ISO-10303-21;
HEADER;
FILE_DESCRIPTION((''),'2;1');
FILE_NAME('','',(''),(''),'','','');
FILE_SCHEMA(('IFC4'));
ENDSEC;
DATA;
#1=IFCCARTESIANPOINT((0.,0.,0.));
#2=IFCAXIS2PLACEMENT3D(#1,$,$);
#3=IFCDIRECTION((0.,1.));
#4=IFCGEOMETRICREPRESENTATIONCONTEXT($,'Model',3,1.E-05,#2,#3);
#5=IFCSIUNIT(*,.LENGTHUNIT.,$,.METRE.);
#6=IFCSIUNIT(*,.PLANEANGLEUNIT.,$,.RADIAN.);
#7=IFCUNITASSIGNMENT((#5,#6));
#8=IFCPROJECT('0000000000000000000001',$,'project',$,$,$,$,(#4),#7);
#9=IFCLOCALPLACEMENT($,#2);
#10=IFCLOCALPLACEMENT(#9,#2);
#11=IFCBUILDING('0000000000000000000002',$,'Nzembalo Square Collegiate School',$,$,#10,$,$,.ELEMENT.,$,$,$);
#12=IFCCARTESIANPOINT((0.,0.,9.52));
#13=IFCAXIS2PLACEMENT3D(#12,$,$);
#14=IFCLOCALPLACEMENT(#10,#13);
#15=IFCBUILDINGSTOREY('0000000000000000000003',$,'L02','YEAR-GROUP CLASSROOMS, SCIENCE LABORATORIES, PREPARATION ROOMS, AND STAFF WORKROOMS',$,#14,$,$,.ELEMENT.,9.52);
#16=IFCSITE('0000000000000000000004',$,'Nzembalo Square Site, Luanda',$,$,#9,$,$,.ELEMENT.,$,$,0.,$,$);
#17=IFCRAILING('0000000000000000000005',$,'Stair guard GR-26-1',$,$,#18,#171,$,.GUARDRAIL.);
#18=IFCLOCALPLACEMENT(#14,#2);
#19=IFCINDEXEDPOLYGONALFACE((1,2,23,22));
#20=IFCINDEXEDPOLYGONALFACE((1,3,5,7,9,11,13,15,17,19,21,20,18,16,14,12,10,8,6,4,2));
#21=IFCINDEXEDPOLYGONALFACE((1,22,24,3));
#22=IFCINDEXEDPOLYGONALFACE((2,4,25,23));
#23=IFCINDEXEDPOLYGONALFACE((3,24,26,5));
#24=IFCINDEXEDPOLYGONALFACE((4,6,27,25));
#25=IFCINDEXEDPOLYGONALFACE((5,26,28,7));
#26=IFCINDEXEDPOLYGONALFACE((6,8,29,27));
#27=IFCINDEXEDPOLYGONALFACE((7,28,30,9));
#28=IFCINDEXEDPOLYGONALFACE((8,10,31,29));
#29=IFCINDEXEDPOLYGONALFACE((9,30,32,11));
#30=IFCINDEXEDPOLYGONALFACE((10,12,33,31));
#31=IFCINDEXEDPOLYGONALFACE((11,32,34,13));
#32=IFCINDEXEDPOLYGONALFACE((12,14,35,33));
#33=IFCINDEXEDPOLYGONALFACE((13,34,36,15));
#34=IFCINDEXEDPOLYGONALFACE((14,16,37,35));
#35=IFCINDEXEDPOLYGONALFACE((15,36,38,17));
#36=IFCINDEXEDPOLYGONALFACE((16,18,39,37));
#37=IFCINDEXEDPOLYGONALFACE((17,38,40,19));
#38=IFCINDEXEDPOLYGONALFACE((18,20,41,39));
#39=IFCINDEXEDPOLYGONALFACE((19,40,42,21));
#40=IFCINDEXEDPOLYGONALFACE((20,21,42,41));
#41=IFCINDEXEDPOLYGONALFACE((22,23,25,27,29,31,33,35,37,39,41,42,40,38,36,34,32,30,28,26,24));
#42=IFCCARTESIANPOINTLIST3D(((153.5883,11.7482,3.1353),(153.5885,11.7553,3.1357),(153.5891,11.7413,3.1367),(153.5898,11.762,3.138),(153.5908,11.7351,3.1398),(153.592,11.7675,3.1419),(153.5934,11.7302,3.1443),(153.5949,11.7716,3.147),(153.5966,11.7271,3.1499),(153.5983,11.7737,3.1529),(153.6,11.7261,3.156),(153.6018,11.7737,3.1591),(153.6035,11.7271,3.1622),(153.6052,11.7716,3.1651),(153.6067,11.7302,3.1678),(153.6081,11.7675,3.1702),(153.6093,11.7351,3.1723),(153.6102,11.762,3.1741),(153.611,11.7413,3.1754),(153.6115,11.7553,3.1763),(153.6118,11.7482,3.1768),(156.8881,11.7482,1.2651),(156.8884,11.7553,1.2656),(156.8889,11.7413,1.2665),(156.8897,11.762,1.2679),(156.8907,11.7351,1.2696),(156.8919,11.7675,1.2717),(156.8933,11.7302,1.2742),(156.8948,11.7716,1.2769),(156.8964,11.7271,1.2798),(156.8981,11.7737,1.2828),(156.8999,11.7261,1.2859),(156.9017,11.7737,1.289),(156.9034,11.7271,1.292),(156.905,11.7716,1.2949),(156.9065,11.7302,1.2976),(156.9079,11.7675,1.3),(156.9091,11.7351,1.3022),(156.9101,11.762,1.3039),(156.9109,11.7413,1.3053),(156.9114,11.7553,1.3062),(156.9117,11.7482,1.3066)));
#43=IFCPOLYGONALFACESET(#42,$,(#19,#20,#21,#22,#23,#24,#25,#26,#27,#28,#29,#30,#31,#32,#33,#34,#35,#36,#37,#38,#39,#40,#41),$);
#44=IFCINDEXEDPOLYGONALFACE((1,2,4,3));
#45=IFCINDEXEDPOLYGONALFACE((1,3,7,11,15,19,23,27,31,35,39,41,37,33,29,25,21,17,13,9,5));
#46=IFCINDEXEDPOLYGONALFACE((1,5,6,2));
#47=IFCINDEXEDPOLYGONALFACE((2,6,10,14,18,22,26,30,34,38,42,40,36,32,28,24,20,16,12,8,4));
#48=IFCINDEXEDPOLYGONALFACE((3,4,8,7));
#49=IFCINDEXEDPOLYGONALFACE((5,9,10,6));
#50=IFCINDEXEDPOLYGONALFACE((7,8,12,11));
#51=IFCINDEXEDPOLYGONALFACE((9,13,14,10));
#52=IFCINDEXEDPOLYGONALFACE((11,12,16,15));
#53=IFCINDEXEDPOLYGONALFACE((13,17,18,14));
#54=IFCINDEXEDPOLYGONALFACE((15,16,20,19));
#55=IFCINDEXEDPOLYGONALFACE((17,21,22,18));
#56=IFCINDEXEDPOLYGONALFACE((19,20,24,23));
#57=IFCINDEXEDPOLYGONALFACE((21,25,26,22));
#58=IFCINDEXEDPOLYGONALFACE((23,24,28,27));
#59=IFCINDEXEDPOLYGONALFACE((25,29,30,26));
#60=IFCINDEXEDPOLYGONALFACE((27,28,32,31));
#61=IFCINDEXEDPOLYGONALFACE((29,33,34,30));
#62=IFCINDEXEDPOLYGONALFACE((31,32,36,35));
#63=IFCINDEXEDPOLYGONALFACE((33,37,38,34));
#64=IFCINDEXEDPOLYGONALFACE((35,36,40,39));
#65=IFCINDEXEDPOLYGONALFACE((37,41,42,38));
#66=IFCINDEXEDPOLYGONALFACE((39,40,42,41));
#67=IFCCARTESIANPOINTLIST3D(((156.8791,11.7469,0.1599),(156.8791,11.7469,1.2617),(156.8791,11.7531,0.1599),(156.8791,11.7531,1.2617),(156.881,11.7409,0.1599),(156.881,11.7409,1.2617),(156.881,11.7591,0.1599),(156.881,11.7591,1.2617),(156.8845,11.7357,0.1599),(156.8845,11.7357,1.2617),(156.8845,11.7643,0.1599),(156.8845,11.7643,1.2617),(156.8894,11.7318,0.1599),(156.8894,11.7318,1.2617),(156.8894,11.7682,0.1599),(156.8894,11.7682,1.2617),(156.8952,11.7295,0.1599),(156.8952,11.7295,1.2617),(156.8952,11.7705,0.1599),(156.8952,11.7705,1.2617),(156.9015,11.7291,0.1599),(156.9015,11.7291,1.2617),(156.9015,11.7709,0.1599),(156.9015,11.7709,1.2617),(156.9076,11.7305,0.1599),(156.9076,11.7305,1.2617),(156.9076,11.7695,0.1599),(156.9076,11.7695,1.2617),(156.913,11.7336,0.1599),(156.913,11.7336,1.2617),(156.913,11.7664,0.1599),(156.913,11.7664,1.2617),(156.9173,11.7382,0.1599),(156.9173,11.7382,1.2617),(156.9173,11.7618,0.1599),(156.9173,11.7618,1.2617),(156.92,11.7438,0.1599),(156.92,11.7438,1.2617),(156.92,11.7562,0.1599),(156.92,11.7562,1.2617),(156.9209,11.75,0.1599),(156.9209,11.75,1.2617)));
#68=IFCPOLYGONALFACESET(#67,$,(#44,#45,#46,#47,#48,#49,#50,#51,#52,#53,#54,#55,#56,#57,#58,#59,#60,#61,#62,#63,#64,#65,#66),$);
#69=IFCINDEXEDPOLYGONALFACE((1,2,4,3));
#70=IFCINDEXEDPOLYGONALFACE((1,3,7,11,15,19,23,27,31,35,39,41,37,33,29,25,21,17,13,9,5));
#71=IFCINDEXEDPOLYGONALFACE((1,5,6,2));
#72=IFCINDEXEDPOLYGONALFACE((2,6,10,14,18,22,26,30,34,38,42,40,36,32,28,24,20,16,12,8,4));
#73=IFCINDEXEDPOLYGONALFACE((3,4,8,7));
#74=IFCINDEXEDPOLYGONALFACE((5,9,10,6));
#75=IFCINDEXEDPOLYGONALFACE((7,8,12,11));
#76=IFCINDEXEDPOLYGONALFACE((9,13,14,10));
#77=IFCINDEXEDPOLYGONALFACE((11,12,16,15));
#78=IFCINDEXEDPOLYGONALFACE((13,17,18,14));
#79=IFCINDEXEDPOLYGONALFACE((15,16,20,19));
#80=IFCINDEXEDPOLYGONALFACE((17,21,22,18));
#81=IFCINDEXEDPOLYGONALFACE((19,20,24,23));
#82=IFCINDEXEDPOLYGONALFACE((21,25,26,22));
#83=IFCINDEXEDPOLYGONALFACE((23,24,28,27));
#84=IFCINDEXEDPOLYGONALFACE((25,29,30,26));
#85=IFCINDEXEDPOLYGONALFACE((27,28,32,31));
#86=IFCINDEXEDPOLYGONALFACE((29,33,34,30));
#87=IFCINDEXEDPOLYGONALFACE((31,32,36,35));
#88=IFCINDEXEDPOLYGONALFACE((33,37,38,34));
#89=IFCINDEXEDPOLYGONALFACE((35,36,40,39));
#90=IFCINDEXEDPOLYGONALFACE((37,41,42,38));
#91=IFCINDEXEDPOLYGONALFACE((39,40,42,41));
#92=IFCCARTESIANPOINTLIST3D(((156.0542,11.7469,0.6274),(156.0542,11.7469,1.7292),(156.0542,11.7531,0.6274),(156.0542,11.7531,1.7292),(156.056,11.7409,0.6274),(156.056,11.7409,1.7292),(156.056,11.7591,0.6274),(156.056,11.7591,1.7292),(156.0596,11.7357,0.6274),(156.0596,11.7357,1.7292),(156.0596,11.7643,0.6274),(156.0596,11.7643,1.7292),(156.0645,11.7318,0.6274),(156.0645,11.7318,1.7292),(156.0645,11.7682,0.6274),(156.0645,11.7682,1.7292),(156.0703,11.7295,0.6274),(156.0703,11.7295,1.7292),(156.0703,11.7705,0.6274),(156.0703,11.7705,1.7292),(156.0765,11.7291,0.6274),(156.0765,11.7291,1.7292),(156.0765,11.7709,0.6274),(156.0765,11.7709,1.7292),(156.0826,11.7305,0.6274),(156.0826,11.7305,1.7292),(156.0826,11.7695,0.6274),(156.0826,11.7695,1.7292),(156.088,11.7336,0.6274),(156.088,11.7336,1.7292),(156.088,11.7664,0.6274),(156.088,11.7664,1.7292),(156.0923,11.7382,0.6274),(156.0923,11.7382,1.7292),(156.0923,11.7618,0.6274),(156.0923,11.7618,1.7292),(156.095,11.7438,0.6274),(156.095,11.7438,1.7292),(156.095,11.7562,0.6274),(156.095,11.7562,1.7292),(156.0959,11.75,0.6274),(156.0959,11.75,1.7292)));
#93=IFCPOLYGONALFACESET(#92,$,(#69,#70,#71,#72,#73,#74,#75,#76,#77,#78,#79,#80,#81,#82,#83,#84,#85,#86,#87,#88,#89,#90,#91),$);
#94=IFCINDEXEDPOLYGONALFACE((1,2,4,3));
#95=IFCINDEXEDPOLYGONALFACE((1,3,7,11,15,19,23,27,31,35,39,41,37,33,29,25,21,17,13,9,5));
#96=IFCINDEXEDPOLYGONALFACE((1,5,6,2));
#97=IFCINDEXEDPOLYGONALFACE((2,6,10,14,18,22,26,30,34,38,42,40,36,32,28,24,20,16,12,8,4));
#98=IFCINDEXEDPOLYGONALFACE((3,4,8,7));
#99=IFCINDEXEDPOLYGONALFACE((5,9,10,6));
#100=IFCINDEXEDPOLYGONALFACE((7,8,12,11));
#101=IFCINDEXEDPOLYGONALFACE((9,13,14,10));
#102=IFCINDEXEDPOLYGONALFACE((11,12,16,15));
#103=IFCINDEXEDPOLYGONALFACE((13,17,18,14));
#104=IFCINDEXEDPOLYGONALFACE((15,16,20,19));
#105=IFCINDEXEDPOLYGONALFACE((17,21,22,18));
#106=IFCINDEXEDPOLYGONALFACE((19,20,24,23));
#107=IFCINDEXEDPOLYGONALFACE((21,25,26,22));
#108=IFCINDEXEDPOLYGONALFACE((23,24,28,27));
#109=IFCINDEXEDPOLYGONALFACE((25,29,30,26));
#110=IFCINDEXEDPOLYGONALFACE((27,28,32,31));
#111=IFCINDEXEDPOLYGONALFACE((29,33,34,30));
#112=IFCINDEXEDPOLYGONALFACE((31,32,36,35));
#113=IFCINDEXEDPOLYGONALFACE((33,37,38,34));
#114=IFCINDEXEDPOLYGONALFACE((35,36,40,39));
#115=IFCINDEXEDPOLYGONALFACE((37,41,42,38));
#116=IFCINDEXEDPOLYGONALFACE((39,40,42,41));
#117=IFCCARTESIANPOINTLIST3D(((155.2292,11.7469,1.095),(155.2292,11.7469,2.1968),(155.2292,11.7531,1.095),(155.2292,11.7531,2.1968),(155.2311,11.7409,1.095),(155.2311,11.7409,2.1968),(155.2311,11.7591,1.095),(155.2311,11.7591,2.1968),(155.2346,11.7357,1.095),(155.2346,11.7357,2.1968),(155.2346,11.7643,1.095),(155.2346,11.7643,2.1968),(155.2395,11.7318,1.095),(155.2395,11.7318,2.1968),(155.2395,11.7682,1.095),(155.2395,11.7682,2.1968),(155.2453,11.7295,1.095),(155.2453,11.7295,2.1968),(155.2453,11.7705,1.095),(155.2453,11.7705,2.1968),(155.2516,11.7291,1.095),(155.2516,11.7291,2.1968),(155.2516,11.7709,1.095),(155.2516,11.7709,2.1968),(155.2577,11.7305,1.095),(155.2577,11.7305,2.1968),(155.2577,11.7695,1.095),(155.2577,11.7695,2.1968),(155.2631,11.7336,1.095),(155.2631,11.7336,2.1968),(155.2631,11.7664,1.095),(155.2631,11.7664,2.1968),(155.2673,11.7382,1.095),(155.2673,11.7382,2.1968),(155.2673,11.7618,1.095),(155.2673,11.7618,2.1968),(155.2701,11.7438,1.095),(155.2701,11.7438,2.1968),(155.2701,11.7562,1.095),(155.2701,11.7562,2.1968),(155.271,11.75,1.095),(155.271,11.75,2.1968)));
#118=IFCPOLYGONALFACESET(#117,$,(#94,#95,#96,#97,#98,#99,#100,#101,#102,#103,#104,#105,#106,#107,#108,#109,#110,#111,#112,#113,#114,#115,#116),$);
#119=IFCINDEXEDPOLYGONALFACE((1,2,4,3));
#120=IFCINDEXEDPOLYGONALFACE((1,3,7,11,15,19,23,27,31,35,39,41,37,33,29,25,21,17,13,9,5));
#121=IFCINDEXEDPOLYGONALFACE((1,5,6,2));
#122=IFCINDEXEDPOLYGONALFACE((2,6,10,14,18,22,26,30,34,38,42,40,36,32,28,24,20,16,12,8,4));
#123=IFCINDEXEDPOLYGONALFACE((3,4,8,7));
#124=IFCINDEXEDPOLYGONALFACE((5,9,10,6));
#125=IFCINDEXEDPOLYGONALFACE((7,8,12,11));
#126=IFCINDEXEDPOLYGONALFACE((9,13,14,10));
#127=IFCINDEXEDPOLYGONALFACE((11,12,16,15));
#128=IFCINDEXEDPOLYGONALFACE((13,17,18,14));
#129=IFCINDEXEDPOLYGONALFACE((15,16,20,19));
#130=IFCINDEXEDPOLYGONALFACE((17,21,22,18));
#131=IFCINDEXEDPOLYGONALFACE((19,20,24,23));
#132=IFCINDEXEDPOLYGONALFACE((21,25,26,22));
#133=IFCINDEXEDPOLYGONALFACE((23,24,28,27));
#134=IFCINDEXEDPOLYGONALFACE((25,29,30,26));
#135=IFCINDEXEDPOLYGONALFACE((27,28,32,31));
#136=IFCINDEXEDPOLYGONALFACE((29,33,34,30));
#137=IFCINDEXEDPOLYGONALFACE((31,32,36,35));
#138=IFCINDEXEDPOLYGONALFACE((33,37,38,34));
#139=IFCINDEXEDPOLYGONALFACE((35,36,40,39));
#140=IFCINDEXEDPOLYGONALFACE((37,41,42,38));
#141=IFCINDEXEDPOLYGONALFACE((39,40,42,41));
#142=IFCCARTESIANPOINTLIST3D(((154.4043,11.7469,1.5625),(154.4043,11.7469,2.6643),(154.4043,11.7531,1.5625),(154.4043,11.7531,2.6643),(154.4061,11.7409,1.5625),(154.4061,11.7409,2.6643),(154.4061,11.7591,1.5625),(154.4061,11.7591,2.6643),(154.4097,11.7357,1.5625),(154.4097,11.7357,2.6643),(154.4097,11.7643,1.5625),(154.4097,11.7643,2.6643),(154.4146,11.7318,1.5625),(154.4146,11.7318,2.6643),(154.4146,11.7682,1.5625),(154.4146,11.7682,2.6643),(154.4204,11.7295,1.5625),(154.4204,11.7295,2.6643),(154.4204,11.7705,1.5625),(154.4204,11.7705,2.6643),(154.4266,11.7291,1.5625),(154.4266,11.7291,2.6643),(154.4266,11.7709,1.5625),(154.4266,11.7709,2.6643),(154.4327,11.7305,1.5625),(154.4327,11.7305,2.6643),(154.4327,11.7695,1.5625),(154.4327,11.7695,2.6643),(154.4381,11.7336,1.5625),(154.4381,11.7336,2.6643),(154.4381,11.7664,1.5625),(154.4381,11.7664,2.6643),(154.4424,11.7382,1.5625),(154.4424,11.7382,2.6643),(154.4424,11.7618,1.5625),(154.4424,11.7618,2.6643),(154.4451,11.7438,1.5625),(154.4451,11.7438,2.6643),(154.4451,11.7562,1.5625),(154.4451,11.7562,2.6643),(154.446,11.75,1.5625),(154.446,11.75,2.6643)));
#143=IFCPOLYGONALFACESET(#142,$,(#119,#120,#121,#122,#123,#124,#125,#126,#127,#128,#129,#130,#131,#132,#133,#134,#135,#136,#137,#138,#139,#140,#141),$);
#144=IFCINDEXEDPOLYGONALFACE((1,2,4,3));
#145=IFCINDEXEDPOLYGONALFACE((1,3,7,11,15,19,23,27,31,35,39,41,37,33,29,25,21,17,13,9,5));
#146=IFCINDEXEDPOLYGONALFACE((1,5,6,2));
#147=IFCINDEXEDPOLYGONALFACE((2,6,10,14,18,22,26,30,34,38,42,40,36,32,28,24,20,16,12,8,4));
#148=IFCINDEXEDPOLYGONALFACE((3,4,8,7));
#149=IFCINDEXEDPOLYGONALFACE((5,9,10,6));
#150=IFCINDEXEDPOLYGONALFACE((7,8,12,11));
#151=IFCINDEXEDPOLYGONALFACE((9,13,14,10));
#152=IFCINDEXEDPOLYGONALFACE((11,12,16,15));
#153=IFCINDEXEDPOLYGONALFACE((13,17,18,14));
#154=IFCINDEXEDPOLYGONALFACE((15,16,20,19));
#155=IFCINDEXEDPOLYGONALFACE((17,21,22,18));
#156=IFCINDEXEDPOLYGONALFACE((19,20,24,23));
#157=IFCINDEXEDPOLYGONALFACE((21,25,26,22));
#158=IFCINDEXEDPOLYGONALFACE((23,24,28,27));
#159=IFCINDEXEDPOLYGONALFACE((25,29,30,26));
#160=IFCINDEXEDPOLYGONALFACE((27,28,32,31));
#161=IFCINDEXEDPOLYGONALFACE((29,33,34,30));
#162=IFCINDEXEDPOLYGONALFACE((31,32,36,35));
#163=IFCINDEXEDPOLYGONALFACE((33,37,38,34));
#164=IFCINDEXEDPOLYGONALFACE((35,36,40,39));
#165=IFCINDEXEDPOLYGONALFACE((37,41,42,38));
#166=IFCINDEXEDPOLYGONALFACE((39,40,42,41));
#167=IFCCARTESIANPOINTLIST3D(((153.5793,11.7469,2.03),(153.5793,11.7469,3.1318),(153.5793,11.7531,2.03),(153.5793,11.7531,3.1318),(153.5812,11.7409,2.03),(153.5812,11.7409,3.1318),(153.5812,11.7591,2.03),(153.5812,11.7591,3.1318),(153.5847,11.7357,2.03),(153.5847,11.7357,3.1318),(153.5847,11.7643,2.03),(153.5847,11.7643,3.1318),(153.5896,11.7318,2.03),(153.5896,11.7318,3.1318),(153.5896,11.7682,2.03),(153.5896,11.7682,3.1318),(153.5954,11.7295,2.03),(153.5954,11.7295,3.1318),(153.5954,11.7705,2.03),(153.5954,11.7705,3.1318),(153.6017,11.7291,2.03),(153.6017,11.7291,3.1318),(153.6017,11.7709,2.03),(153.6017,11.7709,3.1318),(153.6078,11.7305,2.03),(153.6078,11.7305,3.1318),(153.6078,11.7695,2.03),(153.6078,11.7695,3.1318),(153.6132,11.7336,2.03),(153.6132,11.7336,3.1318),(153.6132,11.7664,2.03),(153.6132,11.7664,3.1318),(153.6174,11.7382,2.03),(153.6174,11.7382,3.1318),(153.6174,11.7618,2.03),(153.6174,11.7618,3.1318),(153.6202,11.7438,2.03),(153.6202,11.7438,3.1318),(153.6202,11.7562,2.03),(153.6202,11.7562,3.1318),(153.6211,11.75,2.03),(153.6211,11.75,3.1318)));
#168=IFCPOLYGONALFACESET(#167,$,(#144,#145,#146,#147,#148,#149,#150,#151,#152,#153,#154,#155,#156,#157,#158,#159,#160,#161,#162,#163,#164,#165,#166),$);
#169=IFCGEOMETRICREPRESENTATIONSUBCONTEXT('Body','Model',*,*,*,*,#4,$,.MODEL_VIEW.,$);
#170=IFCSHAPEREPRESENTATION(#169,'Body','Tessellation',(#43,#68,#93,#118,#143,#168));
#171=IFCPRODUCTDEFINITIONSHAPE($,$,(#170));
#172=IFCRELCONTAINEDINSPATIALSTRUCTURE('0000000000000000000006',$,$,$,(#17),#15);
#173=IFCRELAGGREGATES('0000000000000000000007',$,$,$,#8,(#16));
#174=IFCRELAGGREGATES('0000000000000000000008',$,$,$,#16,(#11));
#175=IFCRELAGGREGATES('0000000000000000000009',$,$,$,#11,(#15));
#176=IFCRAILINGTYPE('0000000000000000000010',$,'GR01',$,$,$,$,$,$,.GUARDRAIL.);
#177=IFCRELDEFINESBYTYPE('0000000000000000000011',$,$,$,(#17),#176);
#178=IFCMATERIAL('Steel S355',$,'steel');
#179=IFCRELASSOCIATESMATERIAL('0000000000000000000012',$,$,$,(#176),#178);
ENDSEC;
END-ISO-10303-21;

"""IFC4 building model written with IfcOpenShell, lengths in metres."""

from ifc_helpers import new_model, si_unit, direction, frame, origin, origin_2d, place, context, subcontext, project, spatial, circle, extrude, material, type_object, element, save


model = new_model("IFC4")

# Units and contexts
model_context = context("Model", 3, precision=1e-05, world=origin(), true_north=direction((0.0, 1.0)))
body_context = subcontext(model_context, "Body", "Model", "MODEL_VIEW")
ifc_project = project(units=[si_unit("LENGTHUNIT", "METRE"), si_unit("PLANEANGLEUNIT", "RADIAN")], contexts=[model_context])

# Site, building, storey
site_placement = place(None, origin())
site = spatial("IfcSite", under=ifc_project, at=site_placement, Name="Nzembalo Square Site, Luanda", CompositionType="ELEMENT", RefElevation=0.0)
building_placement = place(site_placement, origin())
building = spatial("IfcBuilding", under=site, at=building_placement, Name="Nzembalo Square Collegiate School", CompositionType="ELEMENT")
storey_placement = place(building_placement, frame((0.0, 0.0, 9.52)))
storey = spatial("IfcBuildingStorey", under=building, at=storey_placement, Name="L02", Description="YEAR-GROUP CLASSROOMS, SCIENCE LABORATORIES, PREPARATION ROOMS, AND STAFF WORKROOMS", CompositionType="ELEMENT", Elevation=9.52)

# Railing
ifc_material_1 = material(Name="Steel S355", Category="steel")
railing_type_1 = type_object("IfcRailingType", Name="GR01", PredefinedType="GUARDRAIL", material=ifc_material_1)
railing_1_placement = place(storey_placement, frame((156.8999, 11.75, 0.1599)))
element("IfcRailing", 1, at=railing_1_placement, inside=storey, type_object=railing_type_1, Name="Stair guard GR-26-1", PredefinedType="GUARDRAIL", context=body_context, shape_type="SweptSolid", body=[
    extrude(circle(Radius=0.0239, at=origin_2d()), frame((0.0, 0.0, 1.126), z_axis=(-0.869996, 0.0, 0.493058), x_axis=(0.0, -1.0, 0.0)), (0.0, 0.0, 1.0), 3.793),
    extrude(circle(Radius=0.021, at=origin_2d()), origin(), (0.0, 0.0, 1.0), 1.1018),
    extrude(circle(Radius=0.021, at=origin_2d()), frame((-0.825, 0.0, 0.4675)), (0.0, 0.0, 1.0), 1.1018),
    extrude(circle(Radius=0.021, at=origin_2d()), frame((-1.6499, 0.0, 0.9351)), (0.0, 0.0, 1.0), 1.1018),
    extrude(circle(Radius=0.021, at=origin_2d()), frame((-2.4749, 0.0, 1.4026)), (0.0, 0.0, 1.0), 1.1018),
    extrude(circle(Radius=0.021, at=origin_2d()), frame((-3.2998, 0.0, 1.8701)), (0.0, 0.0, 1.0), 1.1018),
])

save(model, "model.ifc")
